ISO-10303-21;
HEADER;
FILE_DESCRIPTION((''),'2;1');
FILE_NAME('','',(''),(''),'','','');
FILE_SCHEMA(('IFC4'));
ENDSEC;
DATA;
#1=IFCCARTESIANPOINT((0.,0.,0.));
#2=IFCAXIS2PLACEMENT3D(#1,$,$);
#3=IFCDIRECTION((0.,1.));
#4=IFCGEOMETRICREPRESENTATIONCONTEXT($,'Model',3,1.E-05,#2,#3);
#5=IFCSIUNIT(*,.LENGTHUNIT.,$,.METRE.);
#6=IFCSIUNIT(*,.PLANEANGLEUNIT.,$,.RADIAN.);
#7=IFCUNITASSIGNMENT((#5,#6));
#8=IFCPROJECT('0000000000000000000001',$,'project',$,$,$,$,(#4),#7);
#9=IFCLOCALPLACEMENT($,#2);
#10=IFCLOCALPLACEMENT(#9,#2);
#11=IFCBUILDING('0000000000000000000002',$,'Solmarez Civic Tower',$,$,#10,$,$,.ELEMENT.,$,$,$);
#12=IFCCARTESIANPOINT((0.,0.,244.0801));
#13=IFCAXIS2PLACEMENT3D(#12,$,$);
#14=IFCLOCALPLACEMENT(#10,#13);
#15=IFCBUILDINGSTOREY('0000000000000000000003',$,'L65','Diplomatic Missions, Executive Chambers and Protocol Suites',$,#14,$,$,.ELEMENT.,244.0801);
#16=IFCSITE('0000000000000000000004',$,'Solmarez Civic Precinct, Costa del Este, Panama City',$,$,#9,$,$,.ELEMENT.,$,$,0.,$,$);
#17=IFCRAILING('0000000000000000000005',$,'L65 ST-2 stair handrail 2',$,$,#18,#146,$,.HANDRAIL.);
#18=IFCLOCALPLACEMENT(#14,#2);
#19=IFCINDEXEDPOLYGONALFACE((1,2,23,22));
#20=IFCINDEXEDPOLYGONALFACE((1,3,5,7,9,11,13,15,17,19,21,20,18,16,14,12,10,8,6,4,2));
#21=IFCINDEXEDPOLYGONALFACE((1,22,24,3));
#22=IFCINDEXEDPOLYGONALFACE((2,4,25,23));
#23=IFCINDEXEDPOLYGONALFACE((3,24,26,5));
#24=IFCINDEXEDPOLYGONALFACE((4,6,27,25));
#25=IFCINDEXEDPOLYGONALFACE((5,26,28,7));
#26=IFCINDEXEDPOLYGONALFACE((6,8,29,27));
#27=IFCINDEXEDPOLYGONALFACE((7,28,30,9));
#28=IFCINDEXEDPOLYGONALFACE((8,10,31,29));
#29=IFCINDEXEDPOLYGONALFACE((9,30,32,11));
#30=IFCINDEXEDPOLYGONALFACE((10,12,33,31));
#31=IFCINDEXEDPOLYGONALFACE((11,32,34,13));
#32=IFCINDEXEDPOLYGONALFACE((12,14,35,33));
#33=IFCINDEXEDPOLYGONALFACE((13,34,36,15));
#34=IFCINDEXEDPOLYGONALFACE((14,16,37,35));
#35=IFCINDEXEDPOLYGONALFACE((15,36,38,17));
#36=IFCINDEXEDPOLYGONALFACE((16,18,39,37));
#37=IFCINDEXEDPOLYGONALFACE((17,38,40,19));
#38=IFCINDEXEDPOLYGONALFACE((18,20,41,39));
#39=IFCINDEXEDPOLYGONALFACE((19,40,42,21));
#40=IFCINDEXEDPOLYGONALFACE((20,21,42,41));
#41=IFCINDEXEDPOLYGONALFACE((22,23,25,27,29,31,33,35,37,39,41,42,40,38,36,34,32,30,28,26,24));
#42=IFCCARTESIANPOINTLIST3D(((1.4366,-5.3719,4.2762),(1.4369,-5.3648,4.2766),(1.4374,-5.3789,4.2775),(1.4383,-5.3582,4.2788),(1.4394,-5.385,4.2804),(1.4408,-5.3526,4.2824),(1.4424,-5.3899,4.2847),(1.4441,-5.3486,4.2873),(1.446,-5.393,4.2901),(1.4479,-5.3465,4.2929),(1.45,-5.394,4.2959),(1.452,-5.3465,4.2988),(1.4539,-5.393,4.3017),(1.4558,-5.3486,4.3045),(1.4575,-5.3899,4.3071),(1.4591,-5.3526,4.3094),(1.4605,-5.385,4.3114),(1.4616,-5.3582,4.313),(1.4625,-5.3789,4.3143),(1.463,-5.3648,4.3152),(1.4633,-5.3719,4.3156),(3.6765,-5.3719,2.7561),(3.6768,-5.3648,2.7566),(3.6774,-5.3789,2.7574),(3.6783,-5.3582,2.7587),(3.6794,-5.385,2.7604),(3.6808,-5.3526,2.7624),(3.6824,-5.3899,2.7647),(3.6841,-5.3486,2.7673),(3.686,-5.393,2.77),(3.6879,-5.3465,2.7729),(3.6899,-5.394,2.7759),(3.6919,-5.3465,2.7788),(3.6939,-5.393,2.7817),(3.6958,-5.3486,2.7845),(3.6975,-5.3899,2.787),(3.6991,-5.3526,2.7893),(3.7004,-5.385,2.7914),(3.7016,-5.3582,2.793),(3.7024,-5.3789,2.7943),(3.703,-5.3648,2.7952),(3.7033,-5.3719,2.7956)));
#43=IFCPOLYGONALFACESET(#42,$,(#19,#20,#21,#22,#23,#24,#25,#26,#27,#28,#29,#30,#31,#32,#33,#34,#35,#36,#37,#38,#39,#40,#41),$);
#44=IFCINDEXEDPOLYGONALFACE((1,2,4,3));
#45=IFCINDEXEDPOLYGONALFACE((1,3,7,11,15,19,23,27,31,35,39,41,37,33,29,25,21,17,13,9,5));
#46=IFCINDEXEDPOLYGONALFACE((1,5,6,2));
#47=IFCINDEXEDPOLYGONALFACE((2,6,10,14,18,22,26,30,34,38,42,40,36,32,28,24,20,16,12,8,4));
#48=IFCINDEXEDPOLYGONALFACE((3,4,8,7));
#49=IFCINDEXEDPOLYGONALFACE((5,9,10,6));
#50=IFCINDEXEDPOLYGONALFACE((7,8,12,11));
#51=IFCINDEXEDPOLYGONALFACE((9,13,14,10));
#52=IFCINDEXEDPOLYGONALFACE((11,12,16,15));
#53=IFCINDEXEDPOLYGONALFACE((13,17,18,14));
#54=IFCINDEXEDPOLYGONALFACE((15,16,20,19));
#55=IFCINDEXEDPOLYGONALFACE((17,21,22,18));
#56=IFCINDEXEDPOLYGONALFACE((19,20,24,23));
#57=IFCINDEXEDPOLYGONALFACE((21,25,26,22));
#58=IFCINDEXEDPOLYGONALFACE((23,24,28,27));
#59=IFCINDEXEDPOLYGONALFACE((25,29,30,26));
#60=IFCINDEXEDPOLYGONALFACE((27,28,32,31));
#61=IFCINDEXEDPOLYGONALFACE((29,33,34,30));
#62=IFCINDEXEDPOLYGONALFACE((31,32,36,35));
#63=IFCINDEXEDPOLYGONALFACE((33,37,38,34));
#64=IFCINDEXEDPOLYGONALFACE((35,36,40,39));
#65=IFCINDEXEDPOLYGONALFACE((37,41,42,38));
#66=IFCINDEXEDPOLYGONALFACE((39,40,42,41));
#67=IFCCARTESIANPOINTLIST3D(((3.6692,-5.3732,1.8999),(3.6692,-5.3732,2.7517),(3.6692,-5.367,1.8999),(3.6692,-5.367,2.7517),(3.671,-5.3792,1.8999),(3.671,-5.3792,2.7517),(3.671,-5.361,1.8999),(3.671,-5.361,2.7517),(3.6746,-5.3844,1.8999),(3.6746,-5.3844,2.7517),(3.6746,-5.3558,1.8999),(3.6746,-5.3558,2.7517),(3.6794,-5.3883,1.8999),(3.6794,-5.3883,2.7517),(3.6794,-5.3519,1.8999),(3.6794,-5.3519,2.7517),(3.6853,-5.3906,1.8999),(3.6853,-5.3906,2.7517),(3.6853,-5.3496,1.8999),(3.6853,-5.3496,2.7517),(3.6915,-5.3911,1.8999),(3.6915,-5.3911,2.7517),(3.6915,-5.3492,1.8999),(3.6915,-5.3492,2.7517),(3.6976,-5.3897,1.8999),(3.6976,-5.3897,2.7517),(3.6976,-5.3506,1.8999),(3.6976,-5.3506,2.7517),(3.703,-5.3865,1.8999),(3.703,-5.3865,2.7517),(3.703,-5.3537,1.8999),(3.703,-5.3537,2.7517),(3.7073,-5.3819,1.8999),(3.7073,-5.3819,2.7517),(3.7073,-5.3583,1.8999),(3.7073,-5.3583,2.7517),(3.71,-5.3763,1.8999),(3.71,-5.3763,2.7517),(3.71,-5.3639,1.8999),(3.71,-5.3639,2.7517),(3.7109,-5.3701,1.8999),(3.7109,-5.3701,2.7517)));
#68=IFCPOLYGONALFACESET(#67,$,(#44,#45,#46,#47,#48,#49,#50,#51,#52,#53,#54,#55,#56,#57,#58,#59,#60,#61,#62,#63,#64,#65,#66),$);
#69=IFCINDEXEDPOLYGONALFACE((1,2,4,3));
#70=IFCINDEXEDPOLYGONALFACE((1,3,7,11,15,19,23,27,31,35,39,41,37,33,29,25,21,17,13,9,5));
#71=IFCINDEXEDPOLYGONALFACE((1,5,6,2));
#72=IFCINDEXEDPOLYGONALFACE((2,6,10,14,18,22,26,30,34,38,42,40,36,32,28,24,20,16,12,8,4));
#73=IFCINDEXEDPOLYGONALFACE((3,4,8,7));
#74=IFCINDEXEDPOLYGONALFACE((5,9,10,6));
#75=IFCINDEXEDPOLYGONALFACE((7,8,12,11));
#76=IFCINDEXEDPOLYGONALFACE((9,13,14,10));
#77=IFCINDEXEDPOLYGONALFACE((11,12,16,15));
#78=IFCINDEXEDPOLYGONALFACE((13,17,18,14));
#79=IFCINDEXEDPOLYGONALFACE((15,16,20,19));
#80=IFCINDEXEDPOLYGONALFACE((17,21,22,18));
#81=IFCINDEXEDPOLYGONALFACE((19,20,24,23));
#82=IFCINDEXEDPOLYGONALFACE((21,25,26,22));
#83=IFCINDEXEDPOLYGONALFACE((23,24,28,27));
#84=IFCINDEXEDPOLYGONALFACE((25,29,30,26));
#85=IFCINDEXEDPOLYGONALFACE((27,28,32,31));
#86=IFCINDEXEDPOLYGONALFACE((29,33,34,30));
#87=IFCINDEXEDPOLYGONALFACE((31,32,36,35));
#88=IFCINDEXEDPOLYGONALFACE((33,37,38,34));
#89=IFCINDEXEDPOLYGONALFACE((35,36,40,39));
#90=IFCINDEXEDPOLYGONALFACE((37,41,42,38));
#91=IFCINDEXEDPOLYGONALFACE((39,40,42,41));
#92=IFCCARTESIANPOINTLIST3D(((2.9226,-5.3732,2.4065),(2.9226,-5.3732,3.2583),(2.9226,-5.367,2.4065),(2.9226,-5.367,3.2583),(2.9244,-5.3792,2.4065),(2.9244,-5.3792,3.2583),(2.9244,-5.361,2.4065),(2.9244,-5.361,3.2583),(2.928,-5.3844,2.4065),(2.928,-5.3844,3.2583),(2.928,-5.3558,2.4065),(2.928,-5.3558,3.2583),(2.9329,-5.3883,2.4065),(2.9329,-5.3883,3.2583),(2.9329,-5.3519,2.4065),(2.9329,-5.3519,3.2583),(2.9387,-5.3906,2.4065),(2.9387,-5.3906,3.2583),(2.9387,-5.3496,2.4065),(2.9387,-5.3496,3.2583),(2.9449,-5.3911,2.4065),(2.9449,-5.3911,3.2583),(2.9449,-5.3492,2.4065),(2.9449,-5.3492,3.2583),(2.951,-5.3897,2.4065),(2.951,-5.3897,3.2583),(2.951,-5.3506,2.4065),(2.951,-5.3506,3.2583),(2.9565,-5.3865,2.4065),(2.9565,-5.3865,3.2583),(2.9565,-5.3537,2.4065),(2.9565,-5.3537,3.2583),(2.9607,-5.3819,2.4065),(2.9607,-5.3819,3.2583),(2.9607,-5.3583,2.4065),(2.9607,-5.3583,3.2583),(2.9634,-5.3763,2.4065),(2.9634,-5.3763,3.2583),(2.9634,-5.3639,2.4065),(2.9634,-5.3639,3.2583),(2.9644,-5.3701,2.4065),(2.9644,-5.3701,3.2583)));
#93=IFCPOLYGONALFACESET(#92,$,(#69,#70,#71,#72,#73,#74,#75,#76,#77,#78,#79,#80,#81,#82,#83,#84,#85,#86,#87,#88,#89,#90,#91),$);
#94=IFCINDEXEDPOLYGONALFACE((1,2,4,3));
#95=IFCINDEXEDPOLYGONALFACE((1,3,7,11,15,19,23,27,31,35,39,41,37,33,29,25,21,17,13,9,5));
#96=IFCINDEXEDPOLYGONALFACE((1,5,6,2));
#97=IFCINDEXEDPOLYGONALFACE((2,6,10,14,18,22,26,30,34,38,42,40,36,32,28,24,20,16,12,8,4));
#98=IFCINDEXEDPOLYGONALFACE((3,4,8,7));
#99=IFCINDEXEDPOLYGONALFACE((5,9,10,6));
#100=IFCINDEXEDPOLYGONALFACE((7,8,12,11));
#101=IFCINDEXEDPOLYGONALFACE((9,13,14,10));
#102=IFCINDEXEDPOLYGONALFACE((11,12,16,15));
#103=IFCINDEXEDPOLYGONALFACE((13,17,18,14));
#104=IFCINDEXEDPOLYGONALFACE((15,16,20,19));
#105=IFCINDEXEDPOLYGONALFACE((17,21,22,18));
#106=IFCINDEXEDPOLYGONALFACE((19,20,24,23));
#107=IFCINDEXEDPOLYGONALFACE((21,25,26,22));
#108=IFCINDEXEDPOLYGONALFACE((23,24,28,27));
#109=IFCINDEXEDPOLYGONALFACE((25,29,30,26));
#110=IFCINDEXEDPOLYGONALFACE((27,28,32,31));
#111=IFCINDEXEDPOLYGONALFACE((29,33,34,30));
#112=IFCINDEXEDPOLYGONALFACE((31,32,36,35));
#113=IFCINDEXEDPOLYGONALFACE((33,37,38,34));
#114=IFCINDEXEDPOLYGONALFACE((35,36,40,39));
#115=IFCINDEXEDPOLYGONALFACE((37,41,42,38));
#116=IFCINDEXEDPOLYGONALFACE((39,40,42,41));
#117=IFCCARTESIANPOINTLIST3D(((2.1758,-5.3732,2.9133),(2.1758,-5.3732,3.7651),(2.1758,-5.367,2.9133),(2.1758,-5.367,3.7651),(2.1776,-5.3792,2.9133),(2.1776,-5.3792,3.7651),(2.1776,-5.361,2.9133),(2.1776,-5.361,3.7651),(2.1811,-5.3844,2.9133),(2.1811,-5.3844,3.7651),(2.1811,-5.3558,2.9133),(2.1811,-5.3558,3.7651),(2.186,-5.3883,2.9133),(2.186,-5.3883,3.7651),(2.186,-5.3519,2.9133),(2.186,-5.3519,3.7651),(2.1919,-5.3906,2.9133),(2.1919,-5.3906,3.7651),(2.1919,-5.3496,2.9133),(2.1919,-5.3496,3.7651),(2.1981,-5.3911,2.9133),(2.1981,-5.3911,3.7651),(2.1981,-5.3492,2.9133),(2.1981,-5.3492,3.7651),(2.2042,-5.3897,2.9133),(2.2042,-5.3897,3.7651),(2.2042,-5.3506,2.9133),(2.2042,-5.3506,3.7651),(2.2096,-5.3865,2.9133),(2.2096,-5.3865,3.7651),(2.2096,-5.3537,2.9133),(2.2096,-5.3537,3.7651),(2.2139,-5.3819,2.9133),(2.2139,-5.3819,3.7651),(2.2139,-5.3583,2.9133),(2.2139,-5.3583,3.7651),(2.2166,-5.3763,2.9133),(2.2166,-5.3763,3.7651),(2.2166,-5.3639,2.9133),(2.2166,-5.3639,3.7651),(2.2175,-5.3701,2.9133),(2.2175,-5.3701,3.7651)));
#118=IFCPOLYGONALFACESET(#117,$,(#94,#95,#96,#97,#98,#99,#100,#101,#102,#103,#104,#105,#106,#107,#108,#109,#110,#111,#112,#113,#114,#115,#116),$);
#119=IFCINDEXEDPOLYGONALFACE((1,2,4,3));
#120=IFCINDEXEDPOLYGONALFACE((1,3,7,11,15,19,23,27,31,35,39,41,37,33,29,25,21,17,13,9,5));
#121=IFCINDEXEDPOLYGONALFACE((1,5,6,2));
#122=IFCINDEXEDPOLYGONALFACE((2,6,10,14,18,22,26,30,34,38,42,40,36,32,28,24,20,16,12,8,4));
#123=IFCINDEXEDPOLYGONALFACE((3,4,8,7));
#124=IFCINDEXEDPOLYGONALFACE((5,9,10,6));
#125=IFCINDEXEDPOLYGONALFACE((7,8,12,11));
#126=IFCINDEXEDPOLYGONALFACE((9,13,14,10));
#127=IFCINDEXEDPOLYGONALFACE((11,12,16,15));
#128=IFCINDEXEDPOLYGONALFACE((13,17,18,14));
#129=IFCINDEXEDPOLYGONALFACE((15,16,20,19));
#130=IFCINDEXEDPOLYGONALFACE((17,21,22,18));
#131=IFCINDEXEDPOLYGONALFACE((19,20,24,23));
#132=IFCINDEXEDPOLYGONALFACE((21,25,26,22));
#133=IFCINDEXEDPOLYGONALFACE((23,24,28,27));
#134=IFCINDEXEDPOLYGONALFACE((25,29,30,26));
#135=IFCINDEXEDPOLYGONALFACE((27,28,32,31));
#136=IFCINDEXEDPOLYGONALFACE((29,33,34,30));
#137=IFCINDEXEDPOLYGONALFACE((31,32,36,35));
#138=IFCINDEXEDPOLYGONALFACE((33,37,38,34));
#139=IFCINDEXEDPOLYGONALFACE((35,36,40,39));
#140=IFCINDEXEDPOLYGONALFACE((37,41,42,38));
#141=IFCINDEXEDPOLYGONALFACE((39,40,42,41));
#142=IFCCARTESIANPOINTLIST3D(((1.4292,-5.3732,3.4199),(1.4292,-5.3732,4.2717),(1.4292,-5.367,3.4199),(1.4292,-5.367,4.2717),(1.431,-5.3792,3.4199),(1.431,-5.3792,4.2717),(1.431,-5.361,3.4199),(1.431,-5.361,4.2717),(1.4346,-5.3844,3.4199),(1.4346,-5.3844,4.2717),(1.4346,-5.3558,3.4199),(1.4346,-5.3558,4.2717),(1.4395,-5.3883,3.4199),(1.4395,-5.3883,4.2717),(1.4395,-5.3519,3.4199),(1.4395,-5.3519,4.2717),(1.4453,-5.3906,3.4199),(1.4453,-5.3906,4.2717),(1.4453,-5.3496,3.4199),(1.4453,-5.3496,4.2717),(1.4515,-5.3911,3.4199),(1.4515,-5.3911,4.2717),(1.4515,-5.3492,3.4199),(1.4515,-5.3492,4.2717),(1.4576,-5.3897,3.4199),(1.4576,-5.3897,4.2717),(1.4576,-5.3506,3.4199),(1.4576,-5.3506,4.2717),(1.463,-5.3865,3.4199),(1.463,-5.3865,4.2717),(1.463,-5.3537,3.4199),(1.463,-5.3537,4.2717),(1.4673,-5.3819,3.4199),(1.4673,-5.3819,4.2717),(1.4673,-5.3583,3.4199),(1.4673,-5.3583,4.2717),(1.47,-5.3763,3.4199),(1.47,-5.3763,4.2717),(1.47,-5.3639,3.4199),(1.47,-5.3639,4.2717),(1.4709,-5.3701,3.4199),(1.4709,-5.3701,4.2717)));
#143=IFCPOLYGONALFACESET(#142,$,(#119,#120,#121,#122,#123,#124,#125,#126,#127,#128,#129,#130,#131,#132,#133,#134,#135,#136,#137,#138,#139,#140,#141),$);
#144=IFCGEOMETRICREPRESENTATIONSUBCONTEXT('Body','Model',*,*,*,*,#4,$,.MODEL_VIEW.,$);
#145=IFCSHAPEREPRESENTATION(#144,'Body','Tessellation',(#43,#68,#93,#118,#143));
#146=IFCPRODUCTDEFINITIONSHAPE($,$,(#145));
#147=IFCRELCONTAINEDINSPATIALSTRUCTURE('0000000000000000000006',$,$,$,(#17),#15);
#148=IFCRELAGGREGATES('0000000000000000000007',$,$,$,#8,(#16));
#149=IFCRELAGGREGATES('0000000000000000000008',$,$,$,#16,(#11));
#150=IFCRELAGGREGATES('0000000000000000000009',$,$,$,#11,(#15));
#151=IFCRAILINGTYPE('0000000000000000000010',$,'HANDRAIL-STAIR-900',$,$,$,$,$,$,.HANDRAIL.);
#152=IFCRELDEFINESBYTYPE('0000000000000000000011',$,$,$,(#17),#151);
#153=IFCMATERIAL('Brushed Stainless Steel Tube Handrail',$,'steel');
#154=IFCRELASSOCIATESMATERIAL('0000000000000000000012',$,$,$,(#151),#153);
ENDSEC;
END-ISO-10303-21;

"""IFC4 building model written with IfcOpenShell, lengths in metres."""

from ifc_helpers import new_model, si_unit, direction, frame, origin, origin_2d, place, context, subcontext, project, spatial, circle, extrude, material, type_object, element, save


model = new_model("IFC4")

# Units and contexts
model_context = context("Model", 3, precision=1e-05, world=origin(), true_north=direction((0.0, 1.0)))
body_context = subcontext(model_context, "Body", "Model", "MODEL_VIEW")
ifc_project = project(units=[si_unit("LENGTHUNIT", "METRE"), si_unit("PLANEANGLEUNIT", "RADIAN")], contexts=[model_context])

# Site, building, storey
site_placement = place(None, origin())
site = spatial("IfcSite", under=ifc_project, at=site_placement, Name="Solmarez Civic Precinct, Costa del Este, Panama City", CompositionType="ELEMENT", RefElevation=0.0)
building_placement = place(site_placement, origin())
building = spatial("IfcBuilding", under=site, at=building_placement, Name="Solmarez Civic Tower", CompositionType="ELEMENT")
storey_placement = place(building_placement, frame((0.0, 0.0, 244.0801)))
storey = spatial("IfcBuildingStorey", under=building, at=storey_placement, Name="L65", Description="Diplomatic Missions, Executive Chambers and Protocol Suites", CompositionType="ELEMENT", Elevation=244.0801)

# Railing
ifc_material_1 = material(Name="Brushed Stainless Steel Tube Handrail", Category="steel")
railing_type_1 = type_object("IfcRailingType", Name="HANDRAIL-STAIR-900", PredefinedType="HANDRAIL", material=ifc_material_1)
railing_1_placement = place(storey_placement, frame((3.6899, -5.3701, 1.8999)))
element("IfcRailing", 1, at=railing_1_placement, inside=storey, type_object=railing_type_1, Name="L65 ST-2 stair handrail 2", PredefinedType="HANDRAIL", context=body_context, shape_type="SweptSolid", body=[
    extrude(circle(Radius=0.0239, at=origin_2d()), frame((0.0, 0.0, 0.876), z_axis=(-0.827471, 0.0, 0.561508), x_axis=(0.0, -1.0, 0.0)), (0.0, 0.0, 1.0), 2.707),
    extrude(circle(Radius=0.021, at=origin_2d()), origin(), (0.0, 0.0, 1.0), 0.8518),
    extrude(circle(Radius=0.021, at=origin_2d()), frame((-0.7466, 0.0, 0.5066)), (0.0, 0.0, 1.0), 0.8518),
    extrude(circle(Radius=0.021, at=origin_2d()), frame((-1.4934, 0.0, 1.0134)), (0.0, 0.0, 1.0), 0.8518),
    extrude(circle(Radius=0.021, at=origin_2d()), frame((-2.24, 0.0, 1.52)), (0.0, 0.0, 1.0), 0.8518),
])

save(model, "model.ifc")
